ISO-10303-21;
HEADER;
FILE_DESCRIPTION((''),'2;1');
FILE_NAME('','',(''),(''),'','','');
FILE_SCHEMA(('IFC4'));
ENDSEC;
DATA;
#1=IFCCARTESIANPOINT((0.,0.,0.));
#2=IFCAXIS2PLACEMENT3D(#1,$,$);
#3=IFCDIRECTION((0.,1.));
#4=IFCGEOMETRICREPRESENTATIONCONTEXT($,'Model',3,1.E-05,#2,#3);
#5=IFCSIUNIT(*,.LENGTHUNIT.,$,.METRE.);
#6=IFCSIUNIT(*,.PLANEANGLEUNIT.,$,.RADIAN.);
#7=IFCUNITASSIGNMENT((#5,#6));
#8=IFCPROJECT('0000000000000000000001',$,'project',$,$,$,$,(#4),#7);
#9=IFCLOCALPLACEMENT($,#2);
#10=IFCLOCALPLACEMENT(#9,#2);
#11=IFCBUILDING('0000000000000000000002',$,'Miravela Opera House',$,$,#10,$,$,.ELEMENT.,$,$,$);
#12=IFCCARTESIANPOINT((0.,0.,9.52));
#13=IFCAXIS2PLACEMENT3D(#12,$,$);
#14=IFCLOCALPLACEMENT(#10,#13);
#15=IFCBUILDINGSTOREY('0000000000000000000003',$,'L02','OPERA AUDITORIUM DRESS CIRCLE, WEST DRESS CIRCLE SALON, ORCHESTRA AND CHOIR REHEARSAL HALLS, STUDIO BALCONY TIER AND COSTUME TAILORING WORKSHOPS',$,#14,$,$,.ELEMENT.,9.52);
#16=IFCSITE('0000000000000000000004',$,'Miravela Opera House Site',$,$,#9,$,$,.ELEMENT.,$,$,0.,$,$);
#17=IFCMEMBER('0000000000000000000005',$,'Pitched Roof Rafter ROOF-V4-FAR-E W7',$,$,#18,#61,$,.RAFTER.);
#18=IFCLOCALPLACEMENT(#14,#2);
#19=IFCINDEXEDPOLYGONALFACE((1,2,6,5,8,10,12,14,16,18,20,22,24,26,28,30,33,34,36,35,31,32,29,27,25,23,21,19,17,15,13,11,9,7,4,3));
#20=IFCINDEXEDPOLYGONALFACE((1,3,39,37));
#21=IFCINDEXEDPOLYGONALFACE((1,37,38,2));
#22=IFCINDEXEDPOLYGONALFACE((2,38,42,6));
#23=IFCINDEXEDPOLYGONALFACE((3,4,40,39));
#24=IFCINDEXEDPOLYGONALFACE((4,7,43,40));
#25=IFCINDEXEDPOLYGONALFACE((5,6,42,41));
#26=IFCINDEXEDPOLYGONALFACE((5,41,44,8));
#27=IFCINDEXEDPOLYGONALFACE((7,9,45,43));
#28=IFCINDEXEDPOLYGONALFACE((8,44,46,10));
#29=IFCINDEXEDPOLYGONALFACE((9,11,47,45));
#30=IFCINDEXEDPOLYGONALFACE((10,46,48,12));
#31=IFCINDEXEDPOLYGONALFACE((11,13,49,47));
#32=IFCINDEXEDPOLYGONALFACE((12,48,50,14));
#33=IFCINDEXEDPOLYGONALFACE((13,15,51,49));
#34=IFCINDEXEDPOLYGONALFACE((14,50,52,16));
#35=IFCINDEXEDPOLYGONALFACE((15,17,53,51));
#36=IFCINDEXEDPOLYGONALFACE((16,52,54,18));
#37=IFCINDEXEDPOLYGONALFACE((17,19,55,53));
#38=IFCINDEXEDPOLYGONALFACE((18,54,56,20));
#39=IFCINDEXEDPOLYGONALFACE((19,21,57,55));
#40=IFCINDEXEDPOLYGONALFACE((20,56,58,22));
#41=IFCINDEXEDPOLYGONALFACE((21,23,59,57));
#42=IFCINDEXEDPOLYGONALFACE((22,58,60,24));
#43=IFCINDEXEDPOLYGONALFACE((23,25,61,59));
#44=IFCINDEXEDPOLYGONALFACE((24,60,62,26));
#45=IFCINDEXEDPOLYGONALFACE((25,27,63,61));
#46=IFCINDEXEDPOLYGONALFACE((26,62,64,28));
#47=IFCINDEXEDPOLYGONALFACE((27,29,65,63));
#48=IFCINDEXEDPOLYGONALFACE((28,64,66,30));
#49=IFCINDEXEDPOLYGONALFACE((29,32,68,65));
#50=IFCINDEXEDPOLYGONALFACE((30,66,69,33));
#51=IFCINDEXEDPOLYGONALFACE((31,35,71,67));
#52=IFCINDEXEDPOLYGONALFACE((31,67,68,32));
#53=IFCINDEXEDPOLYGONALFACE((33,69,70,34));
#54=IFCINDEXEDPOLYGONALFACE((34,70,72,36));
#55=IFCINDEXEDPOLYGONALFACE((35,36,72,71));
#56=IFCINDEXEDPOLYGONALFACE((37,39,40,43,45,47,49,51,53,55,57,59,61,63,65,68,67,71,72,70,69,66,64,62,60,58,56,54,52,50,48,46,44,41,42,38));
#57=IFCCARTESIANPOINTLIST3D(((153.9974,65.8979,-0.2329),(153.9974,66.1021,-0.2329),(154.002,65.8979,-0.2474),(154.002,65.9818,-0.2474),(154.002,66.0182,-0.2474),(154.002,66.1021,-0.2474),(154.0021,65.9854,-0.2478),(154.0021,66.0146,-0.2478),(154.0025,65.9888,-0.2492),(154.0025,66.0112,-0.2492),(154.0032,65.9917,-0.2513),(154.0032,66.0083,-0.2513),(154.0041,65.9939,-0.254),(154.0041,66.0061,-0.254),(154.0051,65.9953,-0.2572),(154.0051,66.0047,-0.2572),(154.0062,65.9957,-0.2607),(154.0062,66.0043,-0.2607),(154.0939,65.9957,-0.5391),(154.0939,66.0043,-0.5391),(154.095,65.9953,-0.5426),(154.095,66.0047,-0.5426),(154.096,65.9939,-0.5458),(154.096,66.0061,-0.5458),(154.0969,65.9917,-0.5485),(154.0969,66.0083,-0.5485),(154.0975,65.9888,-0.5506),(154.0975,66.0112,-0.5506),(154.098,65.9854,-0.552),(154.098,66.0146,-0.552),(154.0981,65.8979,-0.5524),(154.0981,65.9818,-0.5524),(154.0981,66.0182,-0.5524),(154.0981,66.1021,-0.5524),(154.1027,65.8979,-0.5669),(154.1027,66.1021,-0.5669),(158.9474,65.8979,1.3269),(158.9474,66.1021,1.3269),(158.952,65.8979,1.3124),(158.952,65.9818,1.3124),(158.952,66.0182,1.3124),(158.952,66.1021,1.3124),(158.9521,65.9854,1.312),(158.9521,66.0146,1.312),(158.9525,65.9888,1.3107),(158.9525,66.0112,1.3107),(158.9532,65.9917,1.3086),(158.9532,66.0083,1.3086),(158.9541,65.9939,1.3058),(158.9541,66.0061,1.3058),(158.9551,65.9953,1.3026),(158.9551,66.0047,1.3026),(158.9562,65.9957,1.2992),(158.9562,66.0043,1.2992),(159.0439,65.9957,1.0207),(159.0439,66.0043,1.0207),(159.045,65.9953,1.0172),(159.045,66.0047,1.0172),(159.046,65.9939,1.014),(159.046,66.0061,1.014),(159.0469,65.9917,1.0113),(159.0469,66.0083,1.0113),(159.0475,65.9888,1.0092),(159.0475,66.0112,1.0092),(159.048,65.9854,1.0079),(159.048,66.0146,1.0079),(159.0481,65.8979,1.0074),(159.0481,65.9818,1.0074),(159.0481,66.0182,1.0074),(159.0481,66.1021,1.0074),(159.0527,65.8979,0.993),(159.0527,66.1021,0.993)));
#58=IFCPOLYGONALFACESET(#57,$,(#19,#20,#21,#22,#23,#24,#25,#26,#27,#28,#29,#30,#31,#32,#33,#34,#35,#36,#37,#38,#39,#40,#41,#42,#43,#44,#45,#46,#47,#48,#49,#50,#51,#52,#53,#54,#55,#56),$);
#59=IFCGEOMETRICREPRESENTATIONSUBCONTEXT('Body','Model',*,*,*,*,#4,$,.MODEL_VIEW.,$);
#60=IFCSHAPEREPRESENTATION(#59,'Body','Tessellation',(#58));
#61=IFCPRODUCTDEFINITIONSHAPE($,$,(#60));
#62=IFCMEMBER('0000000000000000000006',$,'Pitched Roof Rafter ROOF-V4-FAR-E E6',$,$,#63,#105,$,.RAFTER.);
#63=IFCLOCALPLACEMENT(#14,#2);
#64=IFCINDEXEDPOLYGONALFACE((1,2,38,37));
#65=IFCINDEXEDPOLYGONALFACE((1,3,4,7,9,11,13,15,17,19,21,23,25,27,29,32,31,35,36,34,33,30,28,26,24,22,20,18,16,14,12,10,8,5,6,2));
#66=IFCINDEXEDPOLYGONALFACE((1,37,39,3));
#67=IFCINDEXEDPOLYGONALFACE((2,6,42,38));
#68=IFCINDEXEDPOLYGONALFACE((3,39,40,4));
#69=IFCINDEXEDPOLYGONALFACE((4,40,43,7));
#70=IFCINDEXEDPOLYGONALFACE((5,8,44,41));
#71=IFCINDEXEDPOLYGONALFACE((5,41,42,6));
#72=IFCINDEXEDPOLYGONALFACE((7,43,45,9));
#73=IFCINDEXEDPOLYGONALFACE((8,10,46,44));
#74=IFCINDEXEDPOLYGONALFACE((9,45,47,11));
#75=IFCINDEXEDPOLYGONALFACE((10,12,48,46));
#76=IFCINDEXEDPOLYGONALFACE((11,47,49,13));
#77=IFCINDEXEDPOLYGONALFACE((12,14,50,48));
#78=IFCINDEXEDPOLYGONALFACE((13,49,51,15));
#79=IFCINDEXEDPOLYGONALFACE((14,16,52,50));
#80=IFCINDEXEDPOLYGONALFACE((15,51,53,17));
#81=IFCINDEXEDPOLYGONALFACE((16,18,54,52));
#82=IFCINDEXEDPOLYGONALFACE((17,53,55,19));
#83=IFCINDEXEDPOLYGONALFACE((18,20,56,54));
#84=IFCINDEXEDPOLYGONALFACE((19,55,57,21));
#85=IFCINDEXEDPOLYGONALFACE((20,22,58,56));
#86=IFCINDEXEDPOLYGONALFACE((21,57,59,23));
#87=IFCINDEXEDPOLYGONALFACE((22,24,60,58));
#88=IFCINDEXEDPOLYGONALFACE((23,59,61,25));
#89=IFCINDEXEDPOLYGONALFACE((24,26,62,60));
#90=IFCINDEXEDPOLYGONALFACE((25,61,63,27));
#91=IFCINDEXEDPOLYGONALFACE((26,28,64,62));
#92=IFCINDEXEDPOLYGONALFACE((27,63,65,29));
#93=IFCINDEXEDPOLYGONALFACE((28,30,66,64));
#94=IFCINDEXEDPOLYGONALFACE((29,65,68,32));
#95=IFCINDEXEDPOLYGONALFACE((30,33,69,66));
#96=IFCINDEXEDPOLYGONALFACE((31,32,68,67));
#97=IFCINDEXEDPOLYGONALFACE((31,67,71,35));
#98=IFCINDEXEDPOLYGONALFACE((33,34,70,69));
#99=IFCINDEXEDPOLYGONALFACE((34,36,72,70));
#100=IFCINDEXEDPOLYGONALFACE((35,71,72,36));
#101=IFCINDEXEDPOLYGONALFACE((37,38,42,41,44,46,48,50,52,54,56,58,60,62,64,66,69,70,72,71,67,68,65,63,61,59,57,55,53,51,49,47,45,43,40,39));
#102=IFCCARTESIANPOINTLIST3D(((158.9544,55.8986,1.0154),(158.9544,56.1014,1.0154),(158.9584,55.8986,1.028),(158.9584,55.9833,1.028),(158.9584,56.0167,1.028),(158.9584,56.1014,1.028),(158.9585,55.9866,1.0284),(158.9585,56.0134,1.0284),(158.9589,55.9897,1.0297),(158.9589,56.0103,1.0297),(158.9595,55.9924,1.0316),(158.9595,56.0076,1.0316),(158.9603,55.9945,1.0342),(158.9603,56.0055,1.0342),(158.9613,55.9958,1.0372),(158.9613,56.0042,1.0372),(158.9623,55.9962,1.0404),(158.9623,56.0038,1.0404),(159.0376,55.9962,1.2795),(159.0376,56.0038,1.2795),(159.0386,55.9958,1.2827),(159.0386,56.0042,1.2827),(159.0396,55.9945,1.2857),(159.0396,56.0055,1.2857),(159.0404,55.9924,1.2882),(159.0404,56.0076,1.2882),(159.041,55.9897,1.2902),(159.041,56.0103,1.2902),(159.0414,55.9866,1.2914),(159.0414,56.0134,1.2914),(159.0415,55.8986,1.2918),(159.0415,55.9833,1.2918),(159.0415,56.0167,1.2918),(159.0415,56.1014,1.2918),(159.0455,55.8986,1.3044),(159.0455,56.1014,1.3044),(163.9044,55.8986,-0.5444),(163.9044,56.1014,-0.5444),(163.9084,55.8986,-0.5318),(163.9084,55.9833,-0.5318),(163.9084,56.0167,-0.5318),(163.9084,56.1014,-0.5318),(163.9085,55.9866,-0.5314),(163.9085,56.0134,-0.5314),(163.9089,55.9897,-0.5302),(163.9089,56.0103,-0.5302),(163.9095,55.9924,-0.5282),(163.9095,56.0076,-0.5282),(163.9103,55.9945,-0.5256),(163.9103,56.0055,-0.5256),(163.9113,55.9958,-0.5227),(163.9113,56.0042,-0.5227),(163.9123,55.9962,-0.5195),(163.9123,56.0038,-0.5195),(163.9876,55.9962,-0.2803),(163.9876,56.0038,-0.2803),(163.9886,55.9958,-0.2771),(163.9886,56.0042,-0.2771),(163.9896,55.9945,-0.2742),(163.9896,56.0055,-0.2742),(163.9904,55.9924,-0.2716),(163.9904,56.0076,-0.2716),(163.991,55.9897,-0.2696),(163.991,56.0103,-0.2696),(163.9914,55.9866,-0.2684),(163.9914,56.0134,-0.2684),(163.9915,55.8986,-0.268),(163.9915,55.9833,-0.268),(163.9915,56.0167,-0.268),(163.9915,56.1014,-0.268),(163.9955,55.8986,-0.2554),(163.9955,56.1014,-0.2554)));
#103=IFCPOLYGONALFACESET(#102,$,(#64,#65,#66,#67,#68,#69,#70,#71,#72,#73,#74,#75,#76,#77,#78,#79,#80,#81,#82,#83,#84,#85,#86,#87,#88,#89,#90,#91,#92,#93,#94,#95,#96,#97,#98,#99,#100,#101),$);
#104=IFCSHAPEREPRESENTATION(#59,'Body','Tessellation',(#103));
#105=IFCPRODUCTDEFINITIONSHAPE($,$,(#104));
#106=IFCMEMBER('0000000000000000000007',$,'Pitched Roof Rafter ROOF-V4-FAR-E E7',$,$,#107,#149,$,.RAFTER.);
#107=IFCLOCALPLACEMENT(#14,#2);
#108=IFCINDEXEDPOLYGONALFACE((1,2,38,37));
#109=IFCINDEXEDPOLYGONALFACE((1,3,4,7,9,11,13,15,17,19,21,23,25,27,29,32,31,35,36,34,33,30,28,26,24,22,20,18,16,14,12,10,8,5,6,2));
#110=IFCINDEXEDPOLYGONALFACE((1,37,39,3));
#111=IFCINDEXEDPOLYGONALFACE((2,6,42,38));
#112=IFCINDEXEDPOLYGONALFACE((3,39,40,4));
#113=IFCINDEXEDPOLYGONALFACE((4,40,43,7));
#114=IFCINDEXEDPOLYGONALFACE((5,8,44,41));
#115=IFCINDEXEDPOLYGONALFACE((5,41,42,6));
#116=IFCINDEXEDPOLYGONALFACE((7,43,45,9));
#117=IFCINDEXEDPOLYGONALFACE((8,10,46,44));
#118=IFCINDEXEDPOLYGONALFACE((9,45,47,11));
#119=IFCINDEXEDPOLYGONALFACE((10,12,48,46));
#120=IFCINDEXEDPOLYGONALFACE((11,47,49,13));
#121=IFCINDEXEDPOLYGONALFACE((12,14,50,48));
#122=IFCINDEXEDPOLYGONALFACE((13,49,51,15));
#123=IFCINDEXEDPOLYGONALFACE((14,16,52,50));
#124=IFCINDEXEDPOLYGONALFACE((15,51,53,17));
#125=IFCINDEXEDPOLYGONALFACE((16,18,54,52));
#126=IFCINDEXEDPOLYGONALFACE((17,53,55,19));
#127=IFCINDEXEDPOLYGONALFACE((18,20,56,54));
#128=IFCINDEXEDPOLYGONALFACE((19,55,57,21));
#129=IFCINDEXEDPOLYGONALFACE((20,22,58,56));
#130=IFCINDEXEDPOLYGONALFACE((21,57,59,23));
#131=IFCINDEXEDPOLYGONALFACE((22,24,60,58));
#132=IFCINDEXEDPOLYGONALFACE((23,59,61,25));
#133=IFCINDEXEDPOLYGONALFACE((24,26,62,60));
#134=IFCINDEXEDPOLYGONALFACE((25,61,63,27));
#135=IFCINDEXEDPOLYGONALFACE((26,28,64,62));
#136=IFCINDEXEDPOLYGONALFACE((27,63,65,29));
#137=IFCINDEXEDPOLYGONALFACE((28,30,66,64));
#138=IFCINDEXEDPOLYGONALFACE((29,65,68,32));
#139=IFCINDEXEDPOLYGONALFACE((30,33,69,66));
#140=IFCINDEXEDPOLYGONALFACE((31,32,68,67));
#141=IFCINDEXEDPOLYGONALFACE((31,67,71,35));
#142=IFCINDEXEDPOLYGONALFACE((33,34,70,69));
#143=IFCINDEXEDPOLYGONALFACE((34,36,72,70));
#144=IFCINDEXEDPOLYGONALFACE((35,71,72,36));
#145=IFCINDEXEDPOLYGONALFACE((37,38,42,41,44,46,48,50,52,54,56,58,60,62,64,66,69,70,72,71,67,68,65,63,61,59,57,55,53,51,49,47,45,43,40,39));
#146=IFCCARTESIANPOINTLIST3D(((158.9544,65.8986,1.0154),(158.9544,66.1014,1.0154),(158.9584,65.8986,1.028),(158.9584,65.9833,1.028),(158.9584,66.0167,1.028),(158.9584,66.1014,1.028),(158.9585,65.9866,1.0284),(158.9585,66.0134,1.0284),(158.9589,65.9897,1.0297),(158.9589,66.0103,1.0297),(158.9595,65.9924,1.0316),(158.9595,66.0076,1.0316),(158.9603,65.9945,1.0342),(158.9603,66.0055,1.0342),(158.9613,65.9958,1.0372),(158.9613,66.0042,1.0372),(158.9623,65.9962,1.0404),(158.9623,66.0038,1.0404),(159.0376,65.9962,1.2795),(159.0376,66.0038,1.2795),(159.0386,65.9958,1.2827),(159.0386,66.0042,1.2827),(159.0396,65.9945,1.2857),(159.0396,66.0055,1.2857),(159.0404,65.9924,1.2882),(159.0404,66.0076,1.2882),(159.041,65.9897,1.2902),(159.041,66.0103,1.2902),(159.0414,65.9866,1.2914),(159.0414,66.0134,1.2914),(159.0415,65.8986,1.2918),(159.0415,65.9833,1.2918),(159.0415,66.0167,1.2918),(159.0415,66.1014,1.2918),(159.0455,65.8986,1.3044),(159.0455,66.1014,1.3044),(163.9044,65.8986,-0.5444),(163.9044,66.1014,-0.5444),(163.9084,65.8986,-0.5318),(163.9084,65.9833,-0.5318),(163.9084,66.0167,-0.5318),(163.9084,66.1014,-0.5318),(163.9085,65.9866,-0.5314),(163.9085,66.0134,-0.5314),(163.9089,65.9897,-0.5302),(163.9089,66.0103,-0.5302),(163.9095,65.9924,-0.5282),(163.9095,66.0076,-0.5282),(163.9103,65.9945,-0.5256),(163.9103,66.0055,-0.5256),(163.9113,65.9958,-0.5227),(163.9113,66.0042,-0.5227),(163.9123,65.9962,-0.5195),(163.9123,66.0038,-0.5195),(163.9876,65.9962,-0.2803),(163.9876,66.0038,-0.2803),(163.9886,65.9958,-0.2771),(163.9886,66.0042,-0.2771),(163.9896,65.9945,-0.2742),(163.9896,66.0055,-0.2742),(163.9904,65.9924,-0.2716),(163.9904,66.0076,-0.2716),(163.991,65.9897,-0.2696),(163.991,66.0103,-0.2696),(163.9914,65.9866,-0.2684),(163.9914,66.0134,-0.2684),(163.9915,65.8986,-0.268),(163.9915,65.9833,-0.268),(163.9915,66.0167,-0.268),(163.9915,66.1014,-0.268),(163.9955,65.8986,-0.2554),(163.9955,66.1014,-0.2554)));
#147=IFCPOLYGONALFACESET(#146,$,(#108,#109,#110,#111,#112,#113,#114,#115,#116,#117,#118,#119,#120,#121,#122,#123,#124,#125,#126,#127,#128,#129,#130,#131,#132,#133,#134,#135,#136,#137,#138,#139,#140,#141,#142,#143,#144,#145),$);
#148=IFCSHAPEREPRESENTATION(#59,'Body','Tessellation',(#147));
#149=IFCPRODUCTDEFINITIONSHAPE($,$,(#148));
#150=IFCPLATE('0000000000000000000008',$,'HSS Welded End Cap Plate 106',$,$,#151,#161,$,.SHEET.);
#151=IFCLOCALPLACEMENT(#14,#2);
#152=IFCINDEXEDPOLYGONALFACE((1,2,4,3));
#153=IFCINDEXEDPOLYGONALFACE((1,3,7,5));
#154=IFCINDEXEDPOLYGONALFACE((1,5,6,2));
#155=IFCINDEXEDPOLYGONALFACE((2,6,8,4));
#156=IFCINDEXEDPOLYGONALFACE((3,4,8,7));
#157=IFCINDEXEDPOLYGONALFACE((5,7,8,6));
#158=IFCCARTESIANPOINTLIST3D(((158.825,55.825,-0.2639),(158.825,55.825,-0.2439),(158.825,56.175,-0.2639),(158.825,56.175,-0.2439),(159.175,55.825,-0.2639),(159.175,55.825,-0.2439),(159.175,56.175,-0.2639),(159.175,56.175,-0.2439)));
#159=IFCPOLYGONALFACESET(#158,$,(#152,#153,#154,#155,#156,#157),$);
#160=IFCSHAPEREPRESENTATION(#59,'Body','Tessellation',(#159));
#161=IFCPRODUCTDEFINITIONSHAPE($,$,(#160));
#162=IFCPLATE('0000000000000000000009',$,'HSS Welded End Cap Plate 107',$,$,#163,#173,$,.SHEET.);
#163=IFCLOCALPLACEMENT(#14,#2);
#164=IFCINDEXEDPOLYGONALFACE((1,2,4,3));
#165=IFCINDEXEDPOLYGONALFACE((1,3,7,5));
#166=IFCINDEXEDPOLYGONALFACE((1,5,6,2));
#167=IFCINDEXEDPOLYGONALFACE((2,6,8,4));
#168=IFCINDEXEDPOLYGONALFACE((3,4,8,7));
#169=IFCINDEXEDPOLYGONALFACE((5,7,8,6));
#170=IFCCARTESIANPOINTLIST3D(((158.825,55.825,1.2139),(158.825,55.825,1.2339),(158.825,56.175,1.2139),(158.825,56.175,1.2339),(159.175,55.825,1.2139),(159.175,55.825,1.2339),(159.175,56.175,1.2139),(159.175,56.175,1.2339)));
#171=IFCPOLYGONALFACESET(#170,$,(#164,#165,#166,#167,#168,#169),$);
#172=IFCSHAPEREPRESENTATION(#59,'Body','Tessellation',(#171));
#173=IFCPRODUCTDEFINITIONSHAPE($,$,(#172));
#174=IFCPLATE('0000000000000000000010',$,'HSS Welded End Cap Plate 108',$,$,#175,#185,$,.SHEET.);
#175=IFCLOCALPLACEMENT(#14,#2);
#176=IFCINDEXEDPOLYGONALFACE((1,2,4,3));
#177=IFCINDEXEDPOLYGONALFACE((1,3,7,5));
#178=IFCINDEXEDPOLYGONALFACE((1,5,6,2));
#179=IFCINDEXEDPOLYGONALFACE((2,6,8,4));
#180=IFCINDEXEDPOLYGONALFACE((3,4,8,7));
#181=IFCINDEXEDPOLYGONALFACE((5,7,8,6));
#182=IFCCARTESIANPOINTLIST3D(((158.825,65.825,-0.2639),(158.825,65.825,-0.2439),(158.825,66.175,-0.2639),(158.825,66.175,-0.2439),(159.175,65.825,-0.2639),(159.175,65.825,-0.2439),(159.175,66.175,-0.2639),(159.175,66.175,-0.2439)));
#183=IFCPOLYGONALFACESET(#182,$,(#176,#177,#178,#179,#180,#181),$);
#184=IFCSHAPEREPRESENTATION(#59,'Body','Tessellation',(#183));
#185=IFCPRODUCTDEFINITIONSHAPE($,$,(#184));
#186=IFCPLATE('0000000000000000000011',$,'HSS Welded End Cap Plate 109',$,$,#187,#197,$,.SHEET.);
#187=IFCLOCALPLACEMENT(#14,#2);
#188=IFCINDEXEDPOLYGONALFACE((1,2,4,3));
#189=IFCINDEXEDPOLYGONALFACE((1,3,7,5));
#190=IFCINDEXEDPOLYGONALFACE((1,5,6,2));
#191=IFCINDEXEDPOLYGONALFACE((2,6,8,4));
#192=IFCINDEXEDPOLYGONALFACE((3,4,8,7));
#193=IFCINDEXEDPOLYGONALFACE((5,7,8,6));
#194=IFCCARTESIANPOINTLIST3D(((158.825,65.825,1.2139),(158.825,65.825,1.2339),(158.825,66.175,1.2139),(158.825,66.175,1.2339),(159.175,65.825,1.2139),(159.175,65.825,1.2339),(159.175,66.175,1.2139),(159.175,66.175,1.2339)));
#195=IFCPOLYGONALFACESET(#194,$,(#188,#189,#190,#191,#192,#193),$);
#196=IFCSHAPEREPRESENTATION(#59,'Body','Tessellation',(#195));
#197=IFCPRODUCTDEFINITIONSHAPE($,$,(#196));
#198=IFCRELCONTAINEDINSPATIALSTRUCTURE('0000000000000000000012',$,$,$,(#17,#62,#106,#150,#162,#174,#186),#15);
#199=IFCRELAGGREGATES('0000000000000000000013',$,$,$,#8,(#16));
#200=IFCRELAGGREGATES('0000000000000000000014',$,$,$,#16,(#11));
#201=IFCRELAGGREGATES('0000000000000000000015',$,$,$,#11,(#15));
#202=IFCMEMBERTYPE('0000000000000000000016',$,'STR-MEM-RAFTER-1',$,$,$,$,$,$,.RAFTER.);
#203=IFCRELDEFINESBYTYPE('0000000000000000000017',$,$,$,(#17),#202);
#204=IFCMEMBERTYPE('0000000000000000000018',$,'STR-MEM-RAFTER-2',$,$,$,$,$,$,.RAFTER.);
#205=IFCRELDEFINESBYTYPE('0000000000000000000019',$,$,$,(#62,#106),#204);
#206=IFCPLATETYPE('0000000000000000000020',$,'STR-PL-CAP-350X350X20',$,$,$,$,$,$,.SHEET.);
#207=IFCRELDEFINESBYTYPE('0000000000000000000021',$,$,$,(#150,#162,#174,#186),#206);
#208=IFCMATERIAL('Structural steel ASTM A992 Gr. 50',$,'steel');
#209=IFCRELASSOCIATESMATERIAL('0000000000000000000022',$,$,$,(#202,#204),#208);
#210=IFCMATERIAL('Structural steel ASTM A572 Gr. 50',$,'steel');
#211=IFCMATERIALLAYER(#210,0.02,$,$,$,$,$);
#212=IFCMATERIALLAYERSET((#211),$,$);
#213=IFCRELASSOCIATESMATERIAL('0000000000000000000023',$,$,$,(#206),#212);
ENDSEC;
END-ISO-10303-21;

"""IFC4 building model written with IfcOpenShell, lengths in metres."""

from ifc_helpers import new_model, si_unit, direction, frame, origin, origin_2d, place, context, subcontext, project, spatial, rectangle, i_section, extrude, material, layer, layer_set, material_profile, profile_set, type_object, element, save


model = new_model("IFC4")

# Units and contexts
model_context = context("Model", 3, precision=1e-05, world=origin(), true_north=direction((0.0, 1.0)))
body_context = subcontext(model_context, "Body", "Model", "MODEL_VIEW")
ifc_project = project(units=[si_unit("LENGTHUNIT", "METRE"), si_unit("PLANEANGLEUNIT", "RADIAN")], contexts=[model_context])

# Site, building, storey
site_placement = place(None, origin())
site = spatial("IfcSite", under=ifc_project, at=site_placement, Name="Miravela Opera House Site", CompositionType="ELEMENT", RefElevation=0.0)
building_placement = place(site_placement, origin())
building = spatial("IfcBuilding", under=site, at=building_placement, Name="Miravela Opera House", CompositionType="ELEMENT")
storey_placement = place(building_placement, frame((0.0, 0.0, 9.52)))
storey = spatial("IfcBuildingStorey", under=building, at=storey_placement, Name="L02", Description="OPERA AUDITORIUM DRESS CIRCLE, WEST DRESS CIRCLE SALON, ORCHESTRA AND CHOIR REHEARSAL HALLS, STUDIO BALCONY TIER AND COSTUME TAILORING WORKSHOPS", CompositionType="ELEMENT", Elevation=9.52)

# Shared definitions
ifc_material_1 = material(Name="Structural steel ASTM A992 Gr. 50", Category="steel")

# Members
ifc_material_profile_1 = material_profile(ifc_material_1, i_section(OverallWidth=0.2041, OverallDepth=0.3501, WebThickness=0.0085, FlangeThickness=0.0151, FilletRadius=0.0139, at=origin_2d()), Name="W360X72")
ifc_profile_set_1 = profile_set([ifc_material_profile_1])
member_type_1 = type_object("IfcMemberType", Name="STR-MEM-RAFTER-1", PredefinedType="RAFTER", material=ifc_profile_set_1)
member_placement = place(storey_placement, frame((154.05, 66.0, -0.3999), z_axis=(0.953767, 0.0, 0.300548), x_axis=(0.0, 1.0, 0.0)))
element("IfcMember", 1, at=member_placement, inside=storey, type_object=member_type_1, Name="Pitched Roof Rafter ROOF-V4-FAR-E W7", PredefinedType="RAFTER", context=body_context, shape_type="SweptSolid", body=[
    extrude(i_section(OverallWidth=0.2041, OverallDepth=0.3501, WebThickness=0.0085, FlangeThickness=0.0151, FilletRadius=0.0139, at=origin_2d()), origin(), (0.0, 0.0, 1.0), 5.1899),
])
ifc_material_profile_2 = material_profile(ifc_material_1, i_section(OverallWidth=0.2029, OverallDepth=0.303, WebThickness=0.0076, FlangeThickness=0.0132, FilletRadius=0.0129, at=origin_2d()), Name="W310X60")
ifc_profile_set_2 = profile_set([ifc_material_profile_2])
member_type_2 = type_object("IfcMemberType", Name="STR-MEM-RAFTER-2", PredefinedType="RAFTER", material=ifc_profile_set_2)
for number, where, z_axis, x_axis, name in (
    (2, (163.95, 56.0, -0.3999), (-0.953767, 0.0, 0.300548), (0.0, -1.0, 0.0), "Pitched Roof Rafter ROOF-V4-FAR-E E6"),
    (3, (163.95, 66.0, -0.3999), (-0.953767, 0.0, 0.300548), (0.0, -1.0, 0.0), "Pitched Roof Rafter ROOF-V4-FAR-E E7"),
):
    element("IfcMember", number, at=place(storey_placement, frame(where, z_axis=z_axis, x_axis=x_axis)), inside=storey, type_object=member_type_2, Name=name, PredefinedType="RAFTER", context=body_context, shape_type="SweptSolid", body=[
        extrude(i_section(OverallWidth=0.2029, OverallDepth=0.303, WebThickness=0.0076, FlangeThickness=0.0132, FilletRadius=0.0129, at=origin_2d()), origin(), (0.0, 0.0, 1.0), 5.1899),
    ])

# Plates
ifc_material_2 = material(Name="Structural steel ASTM A572 Gr. 50", Category="steel")
ifc_layer_1 = layer(ifc_material_2, 0.02)
ifc_layer_set_1 = layer_set([ifc_layer_1])
plate_type = type_object("IfcPlateType", Name="STR-PL-CAP-350X350X20", PredefinedType="SHEET", material=ifc_layer_set_1)
for number, where, z_axis, x_axis, name in (
    (4, (159.0, 56.0, -0.2639), (0.0, 0.0, 1.0), (1.0, 0.0, 0.0), "HSS Welded End Cap Plate 106"),
    (5, (159.0, 56.0, 1.2139), (0.0, 0.0, 1.0), (1.0, 0.0, 0.0), "HSS Welded End Cap Plate 107"),
    (6, (159.0, 66.0, -0.2639), (0.0, 0.0, 1.0), (1.0, 0.0, 0.0), "HSS Welded End Cap Plate 108"),
    (7, (159.0, 66.0, 1.2139), (0.0, 0.0, 1.0), (1.0, 0.0, 0.0), "HSS Welded End Cap Plate 109"),
):
    element("IfcPlate", number, at=place(storey_placement, frame(where, z_axis=z_axis, x_axis=x_axis)), inside=storey, type_object=plate_type, Name=name, PredefinedType="SHEET", context=body_context, shape_type="SweptSolid", body=[
        extrude(rectangle(XDim=0.3501, YDim=0.3501, at=origin_2d()), origin(), (0.0, 0.0, 1.0), 0.02),
    ])

save(model, "model.ifc")
